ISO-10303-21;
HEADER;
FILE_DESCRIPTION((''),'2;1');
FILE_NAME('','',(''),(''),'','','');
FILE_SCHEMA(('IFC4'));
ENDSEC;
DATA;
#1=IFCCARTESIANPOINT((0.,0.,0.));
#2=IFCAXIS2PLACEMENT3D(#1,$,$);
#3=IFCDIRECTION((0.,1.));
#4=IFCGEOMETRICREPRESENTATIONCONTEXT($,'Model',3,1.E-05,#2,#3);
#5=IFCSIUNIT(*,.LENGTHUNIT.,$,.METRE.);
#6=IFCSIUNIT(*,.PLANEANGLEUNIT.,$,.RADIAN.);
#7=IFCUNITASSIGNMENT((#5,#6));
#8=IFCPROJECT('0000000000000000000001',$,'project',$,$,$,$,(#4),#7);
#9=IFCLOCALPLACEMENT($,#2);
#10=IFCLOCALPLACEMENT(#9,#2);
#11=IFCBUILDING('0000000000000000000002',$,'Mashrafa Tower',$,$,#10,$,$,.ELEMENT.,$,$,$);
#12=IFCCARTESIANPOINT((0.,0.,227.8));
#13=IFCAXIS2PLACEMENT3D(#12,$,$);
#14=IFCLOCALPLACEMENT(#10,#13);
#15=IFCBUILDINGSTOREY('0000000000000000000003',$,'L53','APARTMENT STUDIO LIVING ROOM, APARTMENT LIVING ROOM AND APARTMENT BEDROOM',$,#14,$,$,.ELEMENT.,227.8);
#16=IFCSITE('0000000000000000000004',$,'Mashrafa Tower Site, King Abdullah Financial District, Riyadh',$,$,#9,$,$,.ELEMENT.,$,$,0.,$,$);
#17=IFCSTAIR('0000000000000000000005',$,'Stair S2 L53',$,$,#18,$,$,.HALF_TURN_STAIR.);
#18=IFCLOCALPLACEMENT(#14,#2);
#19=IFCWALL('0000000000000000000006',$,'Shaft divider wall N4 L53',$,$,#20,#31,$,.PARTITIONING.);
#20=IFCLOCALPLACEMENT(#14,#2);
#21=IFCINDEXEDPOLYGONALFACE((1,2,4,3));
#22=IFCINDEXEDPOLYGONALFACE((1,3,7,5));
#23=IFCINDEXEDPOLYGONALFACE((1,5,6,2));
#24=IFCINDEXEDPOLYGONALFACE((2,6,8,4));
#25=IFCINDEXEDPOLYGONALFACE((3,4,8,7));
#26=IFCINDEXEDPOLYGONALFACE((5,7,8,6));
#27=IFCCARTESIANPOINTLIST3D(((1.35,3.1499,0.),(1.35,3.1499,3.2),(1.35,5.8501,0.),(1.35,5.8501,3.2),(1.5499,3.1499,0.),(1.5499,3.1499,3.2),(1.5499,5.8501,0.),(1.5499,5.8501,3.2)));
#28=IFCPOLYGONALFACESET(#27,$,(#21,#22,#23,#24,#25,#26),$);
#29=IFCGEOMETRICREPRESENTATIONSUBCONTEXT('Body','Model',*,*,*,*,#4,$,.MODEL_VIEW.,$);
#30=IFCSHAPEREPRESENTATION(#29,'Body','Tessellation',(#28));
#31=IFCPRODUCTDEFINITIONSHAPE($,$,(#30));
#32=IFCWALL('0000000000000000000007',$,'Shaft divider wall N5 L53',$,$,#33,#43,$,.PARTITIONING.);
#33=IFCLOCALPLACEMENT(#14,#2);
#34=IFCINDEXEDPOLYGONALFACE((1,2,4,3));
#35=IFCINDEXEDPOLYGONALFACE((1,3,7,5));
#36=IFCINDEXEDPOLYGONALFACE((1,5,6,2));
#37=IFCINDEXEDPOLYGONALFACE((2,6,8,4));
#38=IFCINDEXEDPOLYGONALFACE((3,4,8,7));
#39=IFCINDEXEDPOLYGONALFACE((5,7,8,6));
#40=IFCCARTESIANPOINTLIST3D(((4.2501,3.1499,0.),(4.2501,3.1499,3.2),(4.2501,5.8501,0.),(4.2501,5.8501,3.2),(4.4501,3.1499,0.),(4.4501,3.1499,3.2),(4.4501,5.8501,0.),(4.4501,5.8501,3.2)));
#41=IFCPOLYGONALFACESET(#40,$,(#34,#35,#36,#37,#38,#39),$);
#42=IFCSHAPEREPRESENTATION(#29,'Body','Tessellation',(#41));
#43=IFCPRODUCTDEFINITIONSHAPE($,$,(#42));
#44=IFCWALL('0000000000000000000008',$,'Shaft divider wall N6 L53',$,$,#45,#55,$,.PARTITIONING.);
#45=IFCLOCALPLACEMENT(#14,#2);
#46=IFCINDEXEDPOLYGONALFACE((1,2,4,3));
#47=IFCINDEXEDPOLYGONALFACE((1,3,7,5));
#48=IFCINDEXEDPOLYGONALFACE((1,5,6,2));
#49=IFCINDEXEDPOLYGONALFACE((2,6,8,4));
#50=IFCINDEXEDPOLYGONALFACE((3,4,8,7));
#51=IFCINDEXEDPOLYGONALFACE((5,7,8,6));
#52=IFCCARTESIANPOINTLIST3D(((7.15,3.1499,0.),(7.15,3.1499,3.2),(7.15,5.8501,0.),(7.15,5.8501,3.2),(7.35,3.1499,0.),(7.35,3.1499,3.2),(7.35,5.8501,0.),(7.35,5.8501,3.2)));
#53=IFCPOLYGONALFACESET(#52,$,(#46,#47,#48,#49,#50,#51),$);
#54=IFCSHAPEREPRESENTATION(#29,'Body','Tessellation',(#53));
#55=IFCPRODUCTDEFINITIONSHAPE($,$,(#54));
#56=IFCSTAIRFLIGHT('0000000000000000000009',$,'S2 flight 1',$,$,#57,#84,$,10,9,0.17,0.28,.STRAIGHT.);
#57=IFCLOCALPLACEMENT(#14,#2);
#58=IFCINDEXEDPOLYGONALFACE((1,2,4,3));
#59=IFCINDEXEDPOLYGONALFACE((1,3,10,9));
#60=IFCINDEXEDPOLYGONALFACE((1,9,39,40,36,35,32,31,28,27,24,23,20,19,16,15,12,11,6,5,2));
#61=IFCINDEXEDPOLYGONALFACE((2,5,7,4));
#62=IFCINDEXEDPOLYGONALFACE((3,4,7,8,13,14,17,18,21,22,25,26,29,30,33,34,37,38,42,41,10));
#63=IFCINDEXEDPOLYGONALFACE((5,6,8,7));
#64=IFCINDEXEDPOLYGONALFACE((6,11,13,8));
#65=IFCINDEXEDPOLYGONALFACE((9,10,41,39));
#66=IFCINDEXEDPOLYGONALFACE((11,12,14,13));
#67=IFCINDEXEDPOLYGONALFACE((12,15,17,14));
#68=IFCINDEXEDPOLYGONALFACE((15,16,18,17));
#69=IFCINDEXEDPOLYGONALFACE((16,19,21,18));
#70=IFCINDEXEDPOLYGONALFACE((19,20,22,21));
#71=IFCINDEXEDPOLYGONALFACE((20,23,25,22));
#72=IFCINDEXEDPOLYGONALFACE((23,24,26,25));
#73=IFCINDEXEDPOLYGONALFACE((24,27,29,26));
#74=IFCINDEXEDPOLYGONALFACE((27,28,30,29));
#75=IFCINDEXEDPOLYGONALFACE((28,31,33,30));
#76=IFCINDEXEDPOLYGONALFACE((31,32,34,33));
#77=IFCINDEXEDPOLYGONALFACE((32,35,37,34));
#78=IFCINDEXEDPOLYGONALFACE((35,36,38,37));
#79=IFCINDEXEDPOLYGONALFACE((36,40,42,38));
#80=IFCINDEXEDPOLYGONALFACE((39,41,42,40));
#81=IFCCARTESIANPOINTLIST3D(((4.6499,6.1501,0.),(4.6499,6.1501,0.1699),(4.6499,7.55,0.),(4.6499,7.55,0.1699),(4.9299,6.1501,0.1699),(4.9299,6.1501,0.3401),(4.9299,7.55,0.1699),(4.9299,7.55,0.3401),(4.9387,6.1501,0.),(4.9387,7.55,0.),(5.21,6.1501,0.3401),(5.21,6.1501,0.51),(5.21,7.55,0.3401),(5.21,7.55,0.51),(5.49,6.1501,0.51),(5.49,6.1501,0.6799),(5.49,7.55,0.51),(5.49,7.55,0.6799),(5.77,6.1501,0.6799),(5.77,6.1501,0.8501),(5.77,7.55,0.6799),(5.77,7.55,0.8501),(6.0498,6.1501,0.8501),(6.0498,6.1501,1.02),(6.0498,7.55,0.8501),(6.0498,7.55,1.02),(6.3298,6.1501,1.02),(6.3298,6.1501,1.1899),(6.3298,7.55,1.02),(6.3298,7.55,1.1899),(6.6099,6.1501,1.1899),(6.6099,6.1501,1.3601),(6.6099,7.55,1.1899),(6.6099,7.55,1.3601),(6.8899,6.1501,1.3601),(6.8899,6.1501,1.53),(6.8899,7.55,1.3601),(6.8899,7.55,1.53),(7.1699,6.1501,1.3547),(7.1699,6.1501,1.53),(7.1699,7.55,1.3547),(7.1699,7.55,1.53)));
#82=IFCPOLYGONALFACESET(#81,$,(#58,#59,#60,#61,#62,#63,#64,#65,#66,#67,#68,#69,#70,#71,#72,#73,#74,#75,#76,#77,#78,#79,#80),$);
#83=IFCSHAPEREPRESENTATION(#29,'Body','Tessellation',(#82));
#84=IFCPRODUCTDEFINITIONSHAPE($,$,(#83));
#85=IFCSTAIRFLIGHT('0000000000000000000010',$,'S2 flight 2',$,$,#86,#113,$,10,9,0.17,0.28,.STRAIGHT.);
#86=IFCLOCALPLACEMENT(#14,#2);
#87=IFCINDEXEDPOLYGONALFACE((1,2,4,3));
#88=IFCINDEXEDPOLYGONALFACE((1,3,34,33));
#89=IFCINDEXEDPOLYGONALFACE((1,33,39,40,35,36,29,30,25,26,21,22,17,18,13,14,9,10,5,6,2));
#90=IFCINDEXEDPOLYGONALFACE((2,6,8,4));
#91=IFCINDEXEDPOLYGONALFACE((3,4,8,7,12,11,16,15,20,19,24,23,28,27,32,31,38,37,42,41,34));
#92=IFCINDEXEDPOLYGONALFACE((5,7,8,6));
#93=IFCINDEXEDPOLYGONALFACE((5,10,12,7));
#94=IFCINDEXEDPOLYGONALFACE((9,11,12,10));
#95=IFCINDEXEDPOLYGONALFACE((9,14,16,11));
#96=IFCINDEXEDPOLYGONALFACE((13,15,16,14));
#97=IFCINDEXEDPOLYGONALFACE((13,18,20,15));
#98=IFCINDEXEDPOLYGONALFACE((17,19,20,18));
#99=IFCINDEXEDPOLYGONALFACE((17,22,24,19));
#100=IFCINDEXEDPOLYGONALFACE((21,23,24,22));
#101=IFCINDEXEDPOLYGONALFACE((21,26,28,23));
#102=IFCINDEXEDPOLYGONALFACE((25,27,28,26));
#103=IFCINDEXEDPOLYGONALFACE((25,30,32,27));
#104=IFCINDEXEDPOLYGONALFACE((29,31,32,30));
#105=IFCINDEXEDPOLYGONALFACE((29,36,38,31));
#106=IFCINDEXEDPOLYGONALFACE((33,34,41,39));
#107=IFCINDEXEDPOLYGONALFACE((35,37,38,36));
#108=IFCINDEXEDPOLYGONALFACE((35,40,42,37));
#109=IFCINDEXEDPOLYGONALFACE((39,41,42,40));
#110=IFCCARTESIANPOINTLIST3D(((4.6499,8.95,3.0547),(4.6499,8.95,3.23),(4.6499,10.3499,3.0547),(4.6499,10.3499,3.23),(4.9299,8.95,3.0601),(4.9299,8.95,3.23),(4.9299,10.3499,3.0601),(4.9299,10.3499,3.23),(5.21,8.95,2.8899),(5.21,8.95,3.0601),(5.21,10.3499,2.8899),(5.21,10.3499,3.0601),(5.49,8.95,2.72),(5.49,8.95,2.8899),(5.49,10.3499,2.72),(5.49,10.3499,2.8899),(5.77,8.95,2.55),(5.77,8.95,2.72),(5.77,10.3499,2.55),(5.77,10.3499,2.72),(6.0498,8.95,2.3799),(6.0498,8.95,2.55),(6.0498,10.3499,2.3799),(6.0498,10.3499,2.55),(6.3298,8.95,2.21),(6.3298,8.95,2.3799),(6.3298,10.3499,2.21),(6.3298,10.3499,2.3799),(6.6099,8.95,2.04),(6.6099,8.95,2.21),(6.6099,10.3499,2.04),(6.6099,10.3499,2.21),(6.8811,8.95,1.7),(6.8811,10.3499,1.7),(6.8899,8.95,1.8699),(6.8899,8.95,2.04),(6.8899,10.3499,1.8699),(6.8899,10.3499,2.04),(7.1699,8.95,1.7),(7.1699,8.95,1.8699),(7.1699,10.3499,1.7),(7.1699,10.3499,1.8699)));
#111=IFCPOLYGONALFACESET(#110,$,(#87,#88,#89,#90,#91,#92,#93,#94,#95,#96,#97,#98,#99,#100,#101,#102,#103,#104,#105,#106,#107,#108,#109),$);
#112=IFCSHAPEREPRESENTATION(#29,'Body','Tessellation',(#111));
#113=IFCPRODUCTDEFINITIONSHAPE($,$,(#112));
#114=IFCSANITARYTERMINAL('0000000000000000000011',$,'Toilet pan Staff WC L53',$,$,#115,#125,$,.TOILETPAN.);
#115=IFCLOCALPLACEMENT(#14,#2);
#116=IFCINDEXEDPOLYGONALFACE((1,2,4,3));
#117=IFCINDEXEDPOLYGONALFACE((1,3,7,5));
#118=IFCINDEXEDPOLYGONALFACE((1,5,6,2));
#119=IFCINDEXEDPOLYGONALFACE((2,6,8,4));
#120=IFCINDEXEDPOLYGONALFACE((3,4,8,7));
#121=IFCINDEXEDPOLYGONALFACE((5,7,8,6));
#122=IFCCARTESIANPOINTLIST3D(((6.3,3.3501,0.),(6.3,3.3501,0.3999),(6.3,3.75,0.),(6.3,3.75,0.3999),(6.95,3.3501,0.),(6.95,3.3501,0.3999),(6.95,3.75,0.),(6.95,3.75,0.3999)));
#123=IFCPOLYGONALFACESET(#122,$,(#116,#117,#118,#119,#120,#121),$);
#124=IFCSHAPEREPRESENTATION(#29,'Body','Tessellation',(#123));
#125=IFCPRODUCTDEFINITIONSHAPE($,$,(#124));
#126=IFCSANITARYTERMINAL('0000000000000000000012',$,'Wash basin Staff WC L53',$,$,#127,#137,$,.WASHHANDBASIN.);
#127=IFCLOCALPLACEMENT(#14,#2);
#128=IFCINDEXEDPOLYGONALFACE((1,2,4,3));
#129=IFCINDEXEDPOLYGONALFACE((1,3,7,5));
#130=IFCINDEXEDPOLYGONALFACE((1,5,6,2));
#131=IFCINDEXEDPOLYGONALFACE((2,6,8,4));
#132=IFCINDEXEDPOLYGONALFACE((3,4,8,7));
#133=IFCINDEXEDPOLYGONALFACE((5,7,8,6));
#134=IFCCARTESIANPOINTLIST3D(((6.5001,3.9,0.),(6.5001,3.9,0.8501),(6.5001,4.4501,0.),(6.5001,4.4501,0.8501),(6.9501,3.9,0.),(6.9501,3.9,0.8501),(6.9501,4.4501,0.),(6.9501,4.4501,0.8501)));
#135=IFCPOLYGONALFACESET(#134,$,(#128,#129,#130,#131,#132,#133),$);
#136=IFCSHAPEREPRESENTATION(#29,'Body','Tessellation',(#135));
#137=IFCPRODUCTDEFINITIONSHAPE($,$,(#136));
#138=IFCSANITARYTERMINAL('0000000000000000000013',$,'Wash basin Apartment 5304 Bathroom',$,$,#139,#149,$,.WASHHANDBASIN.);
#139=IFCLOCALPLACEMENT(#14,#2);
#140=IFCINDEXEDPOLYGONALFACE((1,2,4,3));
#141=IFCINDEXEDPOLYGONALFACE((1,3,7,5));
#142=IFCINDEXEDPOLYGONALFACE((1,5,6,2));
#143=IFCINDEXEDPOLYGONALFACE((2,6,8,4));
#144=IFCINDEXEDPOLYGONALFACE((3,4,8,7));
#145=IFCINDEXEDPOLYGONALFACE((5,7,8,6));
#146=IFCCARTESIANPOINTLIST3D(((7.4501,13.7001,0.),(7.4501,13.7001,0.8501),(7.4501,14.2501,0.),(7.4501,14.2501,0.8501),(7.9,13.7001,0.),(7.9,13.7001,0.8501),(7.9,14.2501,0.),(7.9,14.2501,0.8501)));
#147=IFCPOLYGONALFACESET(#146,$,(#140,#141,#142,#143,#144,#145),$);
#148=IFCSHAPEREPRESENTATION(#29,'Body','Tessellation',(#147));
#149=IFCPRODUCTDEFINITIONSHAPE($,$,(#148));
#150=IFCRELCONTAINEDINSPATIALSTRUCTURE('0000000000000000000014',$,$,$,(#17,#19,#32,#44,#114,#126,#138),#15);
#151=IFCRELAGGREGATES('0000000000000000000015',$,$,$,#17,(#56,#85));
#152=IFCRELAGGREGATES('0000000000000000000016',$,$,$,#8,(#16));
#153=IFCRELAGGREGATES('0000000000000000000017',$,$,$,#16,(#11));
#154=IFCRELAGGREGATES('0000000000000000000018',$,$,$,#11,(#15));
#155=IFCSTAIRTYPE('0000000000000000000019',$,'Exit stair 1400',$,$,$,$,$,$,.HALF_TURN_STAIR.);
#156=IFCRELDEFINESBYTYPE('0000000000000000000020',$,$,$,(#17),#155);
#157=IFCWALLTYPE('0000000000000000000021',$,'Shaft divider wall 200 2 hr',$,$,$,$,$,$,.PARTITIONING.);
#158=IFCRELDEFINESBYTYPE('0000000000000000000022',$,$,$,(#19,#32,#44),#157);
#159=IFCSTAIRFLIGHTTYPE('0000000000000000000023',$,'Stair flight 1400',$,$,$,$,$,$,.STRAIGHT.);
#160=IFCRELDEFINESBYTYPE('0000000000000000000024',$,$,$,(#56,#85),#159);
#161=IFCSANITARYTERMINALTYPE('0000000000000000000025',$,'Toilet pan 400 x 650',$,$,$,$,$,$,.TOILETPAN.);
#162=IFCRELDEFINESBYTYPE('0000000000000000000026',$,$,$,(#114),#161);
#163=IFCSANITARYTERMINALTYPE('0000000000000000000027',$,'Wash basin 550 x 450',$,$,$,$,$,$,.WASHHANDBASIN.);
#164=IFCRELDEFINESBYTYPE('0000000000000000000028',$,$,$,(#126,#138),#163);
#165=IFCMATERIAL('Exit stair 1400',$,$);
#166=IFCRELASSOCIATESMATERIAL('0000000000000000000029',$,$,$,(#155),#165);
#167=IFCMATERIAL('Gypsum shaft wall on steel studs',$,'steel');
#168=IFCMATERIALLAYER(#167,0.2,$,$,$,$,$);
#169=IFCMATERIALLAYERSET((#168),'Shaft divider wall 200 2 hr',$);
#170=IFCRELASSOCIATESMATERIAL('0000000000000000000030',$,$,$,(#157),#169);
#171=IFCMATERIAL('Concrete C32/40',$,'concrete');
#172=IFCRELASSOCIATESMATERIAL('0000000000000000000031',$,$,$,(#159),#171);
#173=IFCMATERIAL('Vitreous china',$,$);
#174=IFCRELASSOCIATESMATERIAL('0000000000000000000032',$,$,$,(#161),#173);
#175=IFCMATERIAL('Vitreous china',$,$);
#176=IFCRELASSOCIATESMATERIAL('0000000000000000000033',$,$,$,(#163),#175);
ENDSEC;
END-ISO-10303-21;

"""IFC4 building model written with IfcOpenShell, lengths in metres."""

from ifc_helpers import new_model, si_unit, direction, frame, frame_2d, origin, origin_2d, place, context, subcontext, project, spatial, polyline, rectangle, outline, extrude, material, layer, layer_set, type_object, element, aggregate, save


model = new_model("IFC4")

# Units and contexts
model_context = context("Model", 3, precision=1e-05, world=origin(), true_north=direction((0.0, 1.0)))
body_context = subcontext(model_context, "Body", "Model", "MODEL_VIEW")
ifc_project = project(units=[si_unit("LENGTHUNIT", "METRE"), si_unit("PLANEANGLEUNIT", "RADIAN")], contexts=[model_context])

# Site, building, storey
site_placement = place(None, origin())
site = spatial("IfcSite", under=ifc_project, at=site_placement, Name="Mashrafa Tower Site, King Abdullah Financial District, Riyadh", CompositionType="ELEMENT", RefElevation=0.0)
building_placement = place(site_placement, origin())
building = spatial("IfcBuilding", under=site, at=building_placement, Name="Mashrafa Tower", CompositionType="ELEMENT")
storey_placement = place(building_placement, frame((0.0, 0.0, 227.8)))
storey = spatial("IfcBuildingStorey", under=building, at=storey_placement, Name="L53", Description="APARTMENT STUDIO LIVING ROOM, APARTMENT LIVING ROOM AND APARTMENT BEDROOM", CompositionType="ELEMENT", Elevation=227.8)

# Stair
ifc_material_1 = material(Name="Exit stair 1400")
stair_type = type_object("IfcStairType", Name="Exit stair 1400", PredefinedType="HALF_TURN_STAIR", material=ifc_material_1)
stair_1_placement = place(storey_placement, origin())
stair_1 = element("IfcStair", 1, at=stair_1_placement, inside=storey, type_object=stair_type, Name="Stair S2 L53", PredefinedType="HALF_TURN_STAIR")

# Walls
ifc_material_2 = material(Name="Gypsum shaft wall on steel studs", Category="steel")
ifc_layer_1 = layer(ifc_material_2, 0.2)
ifc_layer_set_1 = layer_set([ifc_layer_1], Name="Shaft divider wall 200 2 hr")
wall_type_1 = type_object("IfcWallType", Name="Shaft divider wall 200 2 hr", PredefinedType="PARTITIONING", material=ifc_layer_set_1)
for number, where, z_axis, x_axis, name in (
    (2, (1.45, 3.1499, 0.0), (0.0, 0.0, 1.0), (0.0, 1.0, 0.0), "Shaft divider wall N4 L53"),
    (3, (4.3501, 3.1499, 0.0), (0.0, 0.0, 1.0), (0.0, 1.0, 0.0), "Shaft divider wall N5 L53"),
    (4, (7.25, 3.1499, 0.0), (0.0, 0.0, 1.0), (0.0, 1.0, 0.0), "Shaft divider wall N6 L53"),
):
    element("IfcWall", number, at=place(storey_placement, frame(where, z_axis=z_axis, x_axis=x_axis)), inside=storey, type_object=wall_type_1, Name=name, PredefinedType="PARTITIONING", context=body_context, shape_type="SweptSolid", body=[
        extrude(rectangle(XDim=2.7002, YDim=0.2, at=frame_2d((1.3501, 0.0))), origin(), (0.0, 0.0, 1.0), 3.2),
    ])

# Stair flights
ifc_material_3 = material(Name="Concrete C32/40", Category="concrete")
stair_flight_type = type_object("IfcStairFlightType", Name="Stair flight 1400", PredefinedType="STRAIGHT", material=ifc_material_3)
stair_flight_1_placement = place(storey_placement, frame((4.6499, 6.8501, 0.0), z_axis=(0.0, 0.0, 1.0), x_axis=(1.0, 0.0, 0.0)))
stair_flight_1 = element("IfcStairFlight", 5, at=stair_flight_1_placement, type_object=stair_flight_type, Name="S2 flight 1", NumberOfRisers=10, NumberOfTreads=9, PredefinedType="STRAIGHT", RiserHeight=0.17, TreadLength=0.28, context=body_context, shape_type="SweptSolid", body=[
    extrude(outline(polyline([(0.0, 0.0), (0.0, 0.1699), (0.28, 0.1699), (0.28, 0.3401), (0.5601, 0.3401), (0.5601, 0.51), (0.8401, 0.51), (0.8401, 0.6799), (1.1201, 0.6799), (1.1201, 0.8501), (1.3999, 0.8501), (1.3999, 1.02), (1.6799, 1.02), (1.6799, 1.1899), (1.96, 1.1899), (1.96, 1.3601), (2.24, 1.3601), (2.24, 1.53), (2.52, 1.53), (2.52, 1.7), (2.52, 1.3547), (0.2888, 0.0), (0.0, 0.0)])), frame((0.0, 0.7, 0.0), z_axis=(0.0, -1.0, 0.0), x_axis=(1.0, 0.0, 0.0)), (0.0, 0.0, 1.0), 1.3999),
])
stair_flight_2_placement = place(storey_placement, frame((7.1699, 9.6499, 1.7), z_axis=(0.0, 0.0, 1.0), x_axis=(-1.0, 0.0, 0.0)))
stair_flight_2 = element("IfcStairFlight", 6, at=stair_flight_2_placement, type_object=stair_flight_type, Name="S2 flight 2", NumberOfRisers=10, NumberOfTreads=9, PredefinedType="STRAIGHT", RiserHeight=0.17, TreadLength=0.28, context=body_context, shape_type="SweptSolid", body=[
    extrude(outline(polyline([(0.0, 0.0), (0.0, 0.1699), (0.28, 0.1699), (0.28, 0.3401), (0.5601, 0.3401), (0.5601, 0.51), (0.8401, 0.51), (0.8401, 0.6799), (1.1201, 0.6799), (1.1201, 0.8501), (1.3999, 0.8501), (1.3999, 1.02), (1.6799, 1.02), (1.6799, 1.1899), (1.96, 1.1899), (1.96, 1.3601), (2.24, 1.3601), (2.24, 1.53), (2.52, 1.53), (2.52, 1.7), (2.52, 1.3547), (0.2888, 0.0), (0.0, 0.0)])), frame((0.0, 0.7, 0.0), z_axis=(0.0, -1.0, 0.0), x_axis=(1.0, 0.0, 0.0)), (0.0, 0.0, 1.0), 1.3999),
])
aggregate(stair_1, [stair_flight_1, stair_flight_2])

# Sanitary terminals
ifc_material_4 = material(Name="Vitreous china")
sanitary_terminal_type_1 = type_object("IfcSanitaryTerminalType", Name="Toilet pan 400 x 650", PredefinedType="TOILETPAN", material=ifc_material_4)
sanitary_terminal_placement = place(storey_placement, frame((6.625, 3.55, 0.0), z_axis=(0.0, 0.0, 1.0), x_axis=(0.0, 1.0, 0.0)))
element("IfcSanitaryTerminal", 7, at=sanitary_terminal_placement, inside=storey, type_object=sanitary_terminal_type_1, Name="Toilet pan Staff WC L53", PredefinedType="TOILETPAN", context=body_context, shape_type="SweptSolid", body=[
    extrude(rectangle(XDim=0.3999, YDim=0.6499, at=origin_2d()), origin(), (0.0, 0.0, 1.0), 0.3999),
])
ifc_material_5 = material(Name="Vitreous china")
sanitary_terminal_type_2 = type_object("IfcSanitaryTerminalType", Name="Wash basin 550 x 450", PredefinedType="WASHHANDBASIN", material=ifc_material_5)
for number, where, z_axis, x_axis, name in (
    (8, (6.7251, 4.175, 0.0), (0.0, 0.0, 1.0), (0.0, 1.0, 0.0), "Wash basin Staff WC L53"),
    (9, (7.675, 13.9751, 0.0), (0.0, 0.0, 1.0), (0.0, -1.0, 0.0), "Wash basin Apartment 5304 Bathroom"),
):
    element("IfcSanitaryTerminal", number, at=place(storey_placement, frame(where, z_axis=z_axis, x_axis=x_axis)), inside=storey, type_object=sanitary_terminal_type_2, Name=name, PredefinedType="WASHHANDBASIN", context=body_context, shape_type="SweptSolid", body=[
        extrude(rectangle(XDim=0.55, YDim=0.45, at=origin_2d()), origin(), (0.0, 0.0, 1.0), 0.8501),
    ])

save(model, "model.ifc")
